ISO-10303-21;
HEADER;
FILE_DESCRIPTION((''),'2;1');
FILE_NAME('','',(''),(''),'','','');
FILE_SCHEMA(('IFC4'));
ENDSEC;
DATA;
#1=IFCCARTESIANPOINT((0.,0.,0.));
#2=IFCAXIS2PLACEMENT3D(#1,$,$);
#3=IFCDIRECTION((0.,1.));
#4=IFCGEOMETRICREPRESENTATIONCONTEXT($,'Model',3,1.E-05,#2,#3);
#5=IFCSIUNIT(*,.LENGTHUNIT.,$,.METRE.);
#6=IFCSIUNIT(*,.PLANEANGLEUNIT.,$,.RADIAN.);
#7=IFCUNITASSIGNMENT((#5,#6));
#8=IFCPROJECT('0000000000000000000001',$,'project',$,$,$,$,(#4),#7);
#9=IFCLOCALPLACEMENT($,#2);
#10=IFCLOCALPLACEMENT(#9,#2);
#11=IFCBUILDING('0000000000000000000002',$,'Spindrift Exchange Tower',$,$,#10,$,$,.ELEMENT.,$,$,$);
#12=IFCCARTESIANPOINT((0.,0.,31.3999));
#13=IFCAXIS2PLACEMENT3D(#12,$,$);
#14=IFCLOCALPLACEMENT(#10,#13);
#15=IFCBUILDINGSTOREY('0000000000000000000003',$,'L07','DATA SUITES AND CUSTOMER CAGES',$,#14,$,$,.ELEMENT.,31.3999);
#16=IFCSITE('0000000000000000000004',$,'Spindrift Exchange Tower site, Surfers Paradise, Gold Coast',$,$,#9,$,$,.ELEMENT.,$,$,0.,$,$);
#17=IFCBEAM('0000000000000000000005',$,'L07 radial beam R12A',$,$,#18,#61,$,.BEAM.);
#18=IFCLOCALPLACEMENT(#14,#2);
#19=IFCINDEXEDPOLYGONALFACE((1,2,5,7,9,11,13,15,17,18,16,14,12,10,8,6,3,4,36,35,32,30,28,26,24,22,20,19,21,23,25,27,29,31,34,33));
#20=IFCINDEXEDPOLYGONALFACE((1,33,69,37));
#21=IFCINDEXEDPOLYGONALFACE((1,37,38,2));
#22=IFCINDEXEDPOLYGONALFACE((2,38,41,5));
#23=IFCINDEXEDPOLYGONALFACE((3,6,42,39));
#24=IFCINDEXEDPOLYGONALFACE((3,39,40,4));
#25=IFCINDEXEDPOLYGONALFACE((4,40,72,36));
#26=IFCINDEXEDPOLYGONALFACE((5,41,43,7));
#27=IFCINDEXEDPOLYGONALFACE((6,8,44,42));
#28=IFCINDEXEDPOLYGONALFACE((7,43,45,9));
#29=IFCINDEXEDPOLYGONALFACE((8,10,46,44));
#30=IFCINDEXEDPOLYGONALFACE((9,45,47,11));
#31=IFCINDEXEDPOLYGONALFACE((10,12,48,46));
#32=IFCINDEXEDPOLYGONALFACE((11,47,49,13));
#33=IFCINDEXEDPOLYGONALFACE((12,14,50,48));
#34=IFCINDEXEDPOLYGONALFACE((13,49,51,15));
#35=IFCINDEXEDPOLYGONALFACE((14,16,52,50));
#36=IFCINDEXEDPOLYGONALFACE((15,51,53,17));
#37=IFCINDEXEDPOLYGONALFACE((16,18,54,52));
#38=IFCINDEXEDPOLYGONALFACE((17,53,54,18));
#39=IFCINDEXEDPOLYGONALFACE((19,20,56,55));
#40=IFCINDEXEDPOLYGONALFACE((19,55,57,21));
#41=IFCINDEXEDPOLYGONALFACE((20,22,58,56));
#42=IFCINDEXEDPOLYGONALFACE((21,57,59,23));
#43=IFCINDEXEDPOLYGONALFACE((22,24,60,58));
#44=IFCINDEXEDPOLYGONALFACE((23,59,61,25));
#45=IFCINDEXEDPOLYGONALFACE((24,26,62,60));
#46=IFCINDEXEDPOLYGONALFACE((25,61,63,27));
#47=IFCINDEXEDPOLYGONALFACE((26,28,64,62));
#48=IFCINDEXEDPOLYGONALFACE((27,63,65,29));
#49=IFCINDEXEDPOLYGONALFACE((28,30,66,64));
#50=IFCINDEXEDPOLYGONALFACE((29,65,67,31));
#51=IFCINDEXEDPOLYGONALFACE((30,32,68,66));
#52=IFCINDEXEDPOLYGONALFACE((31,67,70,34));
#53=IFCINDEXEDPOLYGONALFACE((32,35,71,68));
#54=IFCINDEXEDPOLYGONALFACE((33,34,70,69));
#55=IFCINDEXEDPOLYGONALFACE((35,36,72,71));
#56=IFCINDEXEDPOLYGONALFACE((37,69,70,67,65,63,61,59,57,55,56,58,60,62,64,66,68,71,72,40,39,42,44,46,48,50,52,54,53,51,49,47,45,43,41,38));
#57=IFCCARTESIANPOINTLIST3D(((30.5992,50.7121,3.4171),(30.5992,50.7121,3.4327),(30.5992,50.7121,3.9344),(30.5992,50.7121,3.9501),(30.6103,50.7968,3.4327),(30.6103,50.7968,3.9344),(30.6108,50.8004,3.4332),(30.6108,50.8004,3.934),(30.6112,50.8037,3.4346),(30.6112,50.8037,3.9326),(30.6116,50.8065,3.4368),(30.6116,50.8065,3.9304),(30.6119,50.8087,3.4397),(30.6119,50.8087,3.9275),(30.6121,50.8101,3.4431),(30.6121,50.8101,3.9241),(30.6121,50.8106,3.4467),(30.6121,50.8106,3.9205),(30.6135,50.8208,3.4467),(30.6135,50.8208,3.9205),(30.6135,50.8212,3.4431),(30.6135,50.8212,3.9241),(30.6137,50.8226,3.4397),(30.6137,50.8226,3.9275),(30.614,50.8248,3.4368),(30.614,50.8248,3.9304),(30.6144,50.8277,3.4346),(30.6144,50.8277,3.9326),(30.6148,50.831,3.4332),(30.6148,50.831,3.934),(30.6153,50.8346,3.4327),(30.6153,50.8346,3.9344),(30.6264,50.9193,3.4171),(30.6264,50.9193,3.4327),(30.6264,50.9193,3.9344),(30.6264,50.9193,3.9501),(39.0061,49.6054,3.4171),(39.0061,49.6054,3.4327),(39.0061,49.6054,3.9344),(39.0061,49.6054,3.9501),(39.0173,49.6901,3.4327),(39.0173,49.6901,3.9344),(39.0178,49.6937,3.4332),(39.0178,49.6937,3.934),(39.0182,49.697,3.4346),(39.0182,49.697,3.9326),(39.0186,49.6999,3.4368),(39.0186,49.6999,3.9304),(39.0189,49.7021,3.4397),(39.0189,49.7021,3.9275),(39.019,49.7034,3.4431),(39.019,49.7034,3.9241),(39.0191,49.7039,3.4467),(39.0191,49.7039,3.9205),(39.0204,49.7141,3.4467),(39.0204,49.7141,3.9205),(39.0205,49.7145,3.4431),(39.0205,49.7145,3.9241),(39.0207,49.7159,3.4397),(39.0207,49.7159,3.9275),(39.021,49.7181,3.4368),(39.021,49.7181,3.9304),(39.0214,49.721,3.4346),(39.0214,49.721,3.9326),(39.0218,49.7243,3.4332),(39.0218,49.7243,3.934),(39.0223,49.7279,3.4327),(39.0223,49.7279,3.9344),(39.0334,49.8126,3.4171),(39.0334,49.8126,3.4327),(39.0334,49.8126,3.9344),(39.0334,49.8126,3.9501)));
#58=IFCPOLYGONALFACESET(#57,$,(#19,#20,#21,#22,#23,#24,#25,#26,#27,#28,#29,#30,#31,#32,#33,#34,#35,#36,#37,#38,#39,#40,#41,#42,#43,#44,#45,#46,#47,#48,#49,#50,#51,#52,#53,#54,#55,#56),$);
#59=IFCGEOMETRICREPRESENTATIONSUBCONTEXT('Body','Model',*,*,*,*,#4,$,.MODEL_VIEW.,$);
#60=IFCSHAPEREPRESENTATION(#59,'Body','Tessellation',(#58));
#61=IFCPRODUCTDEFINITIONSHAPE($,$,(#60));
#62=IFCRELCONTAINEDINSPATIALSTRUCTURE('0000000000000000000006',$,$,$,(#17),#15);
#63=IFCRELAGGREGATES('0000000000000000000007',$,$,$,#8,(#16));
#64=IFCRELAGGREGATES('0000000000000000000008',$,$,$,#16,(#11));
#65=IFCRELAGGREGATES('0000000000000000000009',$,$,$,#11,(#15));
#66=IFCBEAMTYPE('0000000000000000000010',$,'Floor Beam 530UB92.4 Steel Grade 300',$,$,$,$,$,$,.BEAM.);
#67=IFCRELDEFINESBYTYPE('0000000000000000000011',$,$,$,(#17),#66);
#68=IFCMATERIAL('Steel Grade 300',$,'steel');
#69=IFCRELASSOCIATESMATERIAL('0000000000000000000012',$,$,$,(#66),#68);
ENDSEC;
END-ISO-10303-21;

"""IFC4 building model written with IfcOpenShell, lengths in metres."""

from ifc_helpers import new_model, si_unit, direction, frame, origin, origin_2d, place, context, subcontext, project, spatial, i_section, extrude, source, transform, mapped, material, material_profile, profile_set, type_object, element, save


model = new_model("IFC4")

# Units and contexts
model_context = context("Model", 3, precision=1e-05, world=origin(), true_north=direction((0.0, 1.0)))
body_context = subcontext(model_context, "Body", "Model", "MODEL_VIEW")
ifc_project = project(units=[si_unit("LENGTHUNIT", "METRE"), si_unit("PLANEANGLEUNIT", "RADIAN")], contexts=[model_context])

# Site, building, storey
site_placement = place(None, origin())
site = spatial("IfcSite", under=ifc_project, at=site_placement, Name="Spindrift Exchange Tower site, Surfers Paradise, Gold Coast", CompositionType="ELEMENT", RefElevation=0.0)
building_placement = place(site_placement, origin())
building = spatial("IfcBuilding", under=site, at=building_placement, Name="Spindrift Exchange Tower", CompositionType="ELEMENT")
storey_placement = place(building_placement, frame((0.0, 0.0, 31.3999)))
storey = spatial("IfcBuildingStorey", under=building, at=storey_placement, Name="L07", Description="DATA SUITES AND CUSTOMER CAGES", CompositionType="ELEMENT", Elevation=31.3999)

# Beam
ifc_material_1 = material(Name="Steel Grade 300", Category="steel")
ifc_material_profile_1 = material_profile(ifc_material_1, i_section(OverallWidth=0.209, OverallDepth=0.533, WebThickness=0.0103, FlangeThickness=0.0156, FilletRadius=0.0139, at=origin_2d()), Name="530UB92.4")
ifc_profile_set_1 = profile_set([ifc_material_profile_1], Name="Steel Grade 300")
beam_type_1 = type_object("IfcBeamType", Name="Floor Beam 530UB92.4 Steel Grade 300", PredefinedType="BEAM", material=ifc_profile_set_1)
shared_shape_1 = source(origin(), body_context, "Body", "SweptSolid", [
    extrude(i_section(OverallWidth=0.209, OverallDepth=0.533, WebThickness=0.0103, FlangeThickness=0.0156, FilletRadius=0.0139, at=origin_2d()), origin(), (0.0, 0.0, 1.0), 8.4795),
])
beam_1_placement = place(storey_placement, frame((39.0198, 49.709, 3.6836), z_axis=(-0.991447, 0.130513, 0.0), x_axis=(-0.130513, -0.991447, 0.0)))
element("IfcBeam", 1, at=beam_1_placement, inside=storey, type_object=beam_type_1, Name="L07 radial beam R12A", PredefinedType="BEAM", context=body_context, shape_type="MappedRepresentation", body=[
    mapped(shared_shape_1, transform((0.0, 0.0, 0.0), scale=1.0)),
])

save(model, "model.ifc")
